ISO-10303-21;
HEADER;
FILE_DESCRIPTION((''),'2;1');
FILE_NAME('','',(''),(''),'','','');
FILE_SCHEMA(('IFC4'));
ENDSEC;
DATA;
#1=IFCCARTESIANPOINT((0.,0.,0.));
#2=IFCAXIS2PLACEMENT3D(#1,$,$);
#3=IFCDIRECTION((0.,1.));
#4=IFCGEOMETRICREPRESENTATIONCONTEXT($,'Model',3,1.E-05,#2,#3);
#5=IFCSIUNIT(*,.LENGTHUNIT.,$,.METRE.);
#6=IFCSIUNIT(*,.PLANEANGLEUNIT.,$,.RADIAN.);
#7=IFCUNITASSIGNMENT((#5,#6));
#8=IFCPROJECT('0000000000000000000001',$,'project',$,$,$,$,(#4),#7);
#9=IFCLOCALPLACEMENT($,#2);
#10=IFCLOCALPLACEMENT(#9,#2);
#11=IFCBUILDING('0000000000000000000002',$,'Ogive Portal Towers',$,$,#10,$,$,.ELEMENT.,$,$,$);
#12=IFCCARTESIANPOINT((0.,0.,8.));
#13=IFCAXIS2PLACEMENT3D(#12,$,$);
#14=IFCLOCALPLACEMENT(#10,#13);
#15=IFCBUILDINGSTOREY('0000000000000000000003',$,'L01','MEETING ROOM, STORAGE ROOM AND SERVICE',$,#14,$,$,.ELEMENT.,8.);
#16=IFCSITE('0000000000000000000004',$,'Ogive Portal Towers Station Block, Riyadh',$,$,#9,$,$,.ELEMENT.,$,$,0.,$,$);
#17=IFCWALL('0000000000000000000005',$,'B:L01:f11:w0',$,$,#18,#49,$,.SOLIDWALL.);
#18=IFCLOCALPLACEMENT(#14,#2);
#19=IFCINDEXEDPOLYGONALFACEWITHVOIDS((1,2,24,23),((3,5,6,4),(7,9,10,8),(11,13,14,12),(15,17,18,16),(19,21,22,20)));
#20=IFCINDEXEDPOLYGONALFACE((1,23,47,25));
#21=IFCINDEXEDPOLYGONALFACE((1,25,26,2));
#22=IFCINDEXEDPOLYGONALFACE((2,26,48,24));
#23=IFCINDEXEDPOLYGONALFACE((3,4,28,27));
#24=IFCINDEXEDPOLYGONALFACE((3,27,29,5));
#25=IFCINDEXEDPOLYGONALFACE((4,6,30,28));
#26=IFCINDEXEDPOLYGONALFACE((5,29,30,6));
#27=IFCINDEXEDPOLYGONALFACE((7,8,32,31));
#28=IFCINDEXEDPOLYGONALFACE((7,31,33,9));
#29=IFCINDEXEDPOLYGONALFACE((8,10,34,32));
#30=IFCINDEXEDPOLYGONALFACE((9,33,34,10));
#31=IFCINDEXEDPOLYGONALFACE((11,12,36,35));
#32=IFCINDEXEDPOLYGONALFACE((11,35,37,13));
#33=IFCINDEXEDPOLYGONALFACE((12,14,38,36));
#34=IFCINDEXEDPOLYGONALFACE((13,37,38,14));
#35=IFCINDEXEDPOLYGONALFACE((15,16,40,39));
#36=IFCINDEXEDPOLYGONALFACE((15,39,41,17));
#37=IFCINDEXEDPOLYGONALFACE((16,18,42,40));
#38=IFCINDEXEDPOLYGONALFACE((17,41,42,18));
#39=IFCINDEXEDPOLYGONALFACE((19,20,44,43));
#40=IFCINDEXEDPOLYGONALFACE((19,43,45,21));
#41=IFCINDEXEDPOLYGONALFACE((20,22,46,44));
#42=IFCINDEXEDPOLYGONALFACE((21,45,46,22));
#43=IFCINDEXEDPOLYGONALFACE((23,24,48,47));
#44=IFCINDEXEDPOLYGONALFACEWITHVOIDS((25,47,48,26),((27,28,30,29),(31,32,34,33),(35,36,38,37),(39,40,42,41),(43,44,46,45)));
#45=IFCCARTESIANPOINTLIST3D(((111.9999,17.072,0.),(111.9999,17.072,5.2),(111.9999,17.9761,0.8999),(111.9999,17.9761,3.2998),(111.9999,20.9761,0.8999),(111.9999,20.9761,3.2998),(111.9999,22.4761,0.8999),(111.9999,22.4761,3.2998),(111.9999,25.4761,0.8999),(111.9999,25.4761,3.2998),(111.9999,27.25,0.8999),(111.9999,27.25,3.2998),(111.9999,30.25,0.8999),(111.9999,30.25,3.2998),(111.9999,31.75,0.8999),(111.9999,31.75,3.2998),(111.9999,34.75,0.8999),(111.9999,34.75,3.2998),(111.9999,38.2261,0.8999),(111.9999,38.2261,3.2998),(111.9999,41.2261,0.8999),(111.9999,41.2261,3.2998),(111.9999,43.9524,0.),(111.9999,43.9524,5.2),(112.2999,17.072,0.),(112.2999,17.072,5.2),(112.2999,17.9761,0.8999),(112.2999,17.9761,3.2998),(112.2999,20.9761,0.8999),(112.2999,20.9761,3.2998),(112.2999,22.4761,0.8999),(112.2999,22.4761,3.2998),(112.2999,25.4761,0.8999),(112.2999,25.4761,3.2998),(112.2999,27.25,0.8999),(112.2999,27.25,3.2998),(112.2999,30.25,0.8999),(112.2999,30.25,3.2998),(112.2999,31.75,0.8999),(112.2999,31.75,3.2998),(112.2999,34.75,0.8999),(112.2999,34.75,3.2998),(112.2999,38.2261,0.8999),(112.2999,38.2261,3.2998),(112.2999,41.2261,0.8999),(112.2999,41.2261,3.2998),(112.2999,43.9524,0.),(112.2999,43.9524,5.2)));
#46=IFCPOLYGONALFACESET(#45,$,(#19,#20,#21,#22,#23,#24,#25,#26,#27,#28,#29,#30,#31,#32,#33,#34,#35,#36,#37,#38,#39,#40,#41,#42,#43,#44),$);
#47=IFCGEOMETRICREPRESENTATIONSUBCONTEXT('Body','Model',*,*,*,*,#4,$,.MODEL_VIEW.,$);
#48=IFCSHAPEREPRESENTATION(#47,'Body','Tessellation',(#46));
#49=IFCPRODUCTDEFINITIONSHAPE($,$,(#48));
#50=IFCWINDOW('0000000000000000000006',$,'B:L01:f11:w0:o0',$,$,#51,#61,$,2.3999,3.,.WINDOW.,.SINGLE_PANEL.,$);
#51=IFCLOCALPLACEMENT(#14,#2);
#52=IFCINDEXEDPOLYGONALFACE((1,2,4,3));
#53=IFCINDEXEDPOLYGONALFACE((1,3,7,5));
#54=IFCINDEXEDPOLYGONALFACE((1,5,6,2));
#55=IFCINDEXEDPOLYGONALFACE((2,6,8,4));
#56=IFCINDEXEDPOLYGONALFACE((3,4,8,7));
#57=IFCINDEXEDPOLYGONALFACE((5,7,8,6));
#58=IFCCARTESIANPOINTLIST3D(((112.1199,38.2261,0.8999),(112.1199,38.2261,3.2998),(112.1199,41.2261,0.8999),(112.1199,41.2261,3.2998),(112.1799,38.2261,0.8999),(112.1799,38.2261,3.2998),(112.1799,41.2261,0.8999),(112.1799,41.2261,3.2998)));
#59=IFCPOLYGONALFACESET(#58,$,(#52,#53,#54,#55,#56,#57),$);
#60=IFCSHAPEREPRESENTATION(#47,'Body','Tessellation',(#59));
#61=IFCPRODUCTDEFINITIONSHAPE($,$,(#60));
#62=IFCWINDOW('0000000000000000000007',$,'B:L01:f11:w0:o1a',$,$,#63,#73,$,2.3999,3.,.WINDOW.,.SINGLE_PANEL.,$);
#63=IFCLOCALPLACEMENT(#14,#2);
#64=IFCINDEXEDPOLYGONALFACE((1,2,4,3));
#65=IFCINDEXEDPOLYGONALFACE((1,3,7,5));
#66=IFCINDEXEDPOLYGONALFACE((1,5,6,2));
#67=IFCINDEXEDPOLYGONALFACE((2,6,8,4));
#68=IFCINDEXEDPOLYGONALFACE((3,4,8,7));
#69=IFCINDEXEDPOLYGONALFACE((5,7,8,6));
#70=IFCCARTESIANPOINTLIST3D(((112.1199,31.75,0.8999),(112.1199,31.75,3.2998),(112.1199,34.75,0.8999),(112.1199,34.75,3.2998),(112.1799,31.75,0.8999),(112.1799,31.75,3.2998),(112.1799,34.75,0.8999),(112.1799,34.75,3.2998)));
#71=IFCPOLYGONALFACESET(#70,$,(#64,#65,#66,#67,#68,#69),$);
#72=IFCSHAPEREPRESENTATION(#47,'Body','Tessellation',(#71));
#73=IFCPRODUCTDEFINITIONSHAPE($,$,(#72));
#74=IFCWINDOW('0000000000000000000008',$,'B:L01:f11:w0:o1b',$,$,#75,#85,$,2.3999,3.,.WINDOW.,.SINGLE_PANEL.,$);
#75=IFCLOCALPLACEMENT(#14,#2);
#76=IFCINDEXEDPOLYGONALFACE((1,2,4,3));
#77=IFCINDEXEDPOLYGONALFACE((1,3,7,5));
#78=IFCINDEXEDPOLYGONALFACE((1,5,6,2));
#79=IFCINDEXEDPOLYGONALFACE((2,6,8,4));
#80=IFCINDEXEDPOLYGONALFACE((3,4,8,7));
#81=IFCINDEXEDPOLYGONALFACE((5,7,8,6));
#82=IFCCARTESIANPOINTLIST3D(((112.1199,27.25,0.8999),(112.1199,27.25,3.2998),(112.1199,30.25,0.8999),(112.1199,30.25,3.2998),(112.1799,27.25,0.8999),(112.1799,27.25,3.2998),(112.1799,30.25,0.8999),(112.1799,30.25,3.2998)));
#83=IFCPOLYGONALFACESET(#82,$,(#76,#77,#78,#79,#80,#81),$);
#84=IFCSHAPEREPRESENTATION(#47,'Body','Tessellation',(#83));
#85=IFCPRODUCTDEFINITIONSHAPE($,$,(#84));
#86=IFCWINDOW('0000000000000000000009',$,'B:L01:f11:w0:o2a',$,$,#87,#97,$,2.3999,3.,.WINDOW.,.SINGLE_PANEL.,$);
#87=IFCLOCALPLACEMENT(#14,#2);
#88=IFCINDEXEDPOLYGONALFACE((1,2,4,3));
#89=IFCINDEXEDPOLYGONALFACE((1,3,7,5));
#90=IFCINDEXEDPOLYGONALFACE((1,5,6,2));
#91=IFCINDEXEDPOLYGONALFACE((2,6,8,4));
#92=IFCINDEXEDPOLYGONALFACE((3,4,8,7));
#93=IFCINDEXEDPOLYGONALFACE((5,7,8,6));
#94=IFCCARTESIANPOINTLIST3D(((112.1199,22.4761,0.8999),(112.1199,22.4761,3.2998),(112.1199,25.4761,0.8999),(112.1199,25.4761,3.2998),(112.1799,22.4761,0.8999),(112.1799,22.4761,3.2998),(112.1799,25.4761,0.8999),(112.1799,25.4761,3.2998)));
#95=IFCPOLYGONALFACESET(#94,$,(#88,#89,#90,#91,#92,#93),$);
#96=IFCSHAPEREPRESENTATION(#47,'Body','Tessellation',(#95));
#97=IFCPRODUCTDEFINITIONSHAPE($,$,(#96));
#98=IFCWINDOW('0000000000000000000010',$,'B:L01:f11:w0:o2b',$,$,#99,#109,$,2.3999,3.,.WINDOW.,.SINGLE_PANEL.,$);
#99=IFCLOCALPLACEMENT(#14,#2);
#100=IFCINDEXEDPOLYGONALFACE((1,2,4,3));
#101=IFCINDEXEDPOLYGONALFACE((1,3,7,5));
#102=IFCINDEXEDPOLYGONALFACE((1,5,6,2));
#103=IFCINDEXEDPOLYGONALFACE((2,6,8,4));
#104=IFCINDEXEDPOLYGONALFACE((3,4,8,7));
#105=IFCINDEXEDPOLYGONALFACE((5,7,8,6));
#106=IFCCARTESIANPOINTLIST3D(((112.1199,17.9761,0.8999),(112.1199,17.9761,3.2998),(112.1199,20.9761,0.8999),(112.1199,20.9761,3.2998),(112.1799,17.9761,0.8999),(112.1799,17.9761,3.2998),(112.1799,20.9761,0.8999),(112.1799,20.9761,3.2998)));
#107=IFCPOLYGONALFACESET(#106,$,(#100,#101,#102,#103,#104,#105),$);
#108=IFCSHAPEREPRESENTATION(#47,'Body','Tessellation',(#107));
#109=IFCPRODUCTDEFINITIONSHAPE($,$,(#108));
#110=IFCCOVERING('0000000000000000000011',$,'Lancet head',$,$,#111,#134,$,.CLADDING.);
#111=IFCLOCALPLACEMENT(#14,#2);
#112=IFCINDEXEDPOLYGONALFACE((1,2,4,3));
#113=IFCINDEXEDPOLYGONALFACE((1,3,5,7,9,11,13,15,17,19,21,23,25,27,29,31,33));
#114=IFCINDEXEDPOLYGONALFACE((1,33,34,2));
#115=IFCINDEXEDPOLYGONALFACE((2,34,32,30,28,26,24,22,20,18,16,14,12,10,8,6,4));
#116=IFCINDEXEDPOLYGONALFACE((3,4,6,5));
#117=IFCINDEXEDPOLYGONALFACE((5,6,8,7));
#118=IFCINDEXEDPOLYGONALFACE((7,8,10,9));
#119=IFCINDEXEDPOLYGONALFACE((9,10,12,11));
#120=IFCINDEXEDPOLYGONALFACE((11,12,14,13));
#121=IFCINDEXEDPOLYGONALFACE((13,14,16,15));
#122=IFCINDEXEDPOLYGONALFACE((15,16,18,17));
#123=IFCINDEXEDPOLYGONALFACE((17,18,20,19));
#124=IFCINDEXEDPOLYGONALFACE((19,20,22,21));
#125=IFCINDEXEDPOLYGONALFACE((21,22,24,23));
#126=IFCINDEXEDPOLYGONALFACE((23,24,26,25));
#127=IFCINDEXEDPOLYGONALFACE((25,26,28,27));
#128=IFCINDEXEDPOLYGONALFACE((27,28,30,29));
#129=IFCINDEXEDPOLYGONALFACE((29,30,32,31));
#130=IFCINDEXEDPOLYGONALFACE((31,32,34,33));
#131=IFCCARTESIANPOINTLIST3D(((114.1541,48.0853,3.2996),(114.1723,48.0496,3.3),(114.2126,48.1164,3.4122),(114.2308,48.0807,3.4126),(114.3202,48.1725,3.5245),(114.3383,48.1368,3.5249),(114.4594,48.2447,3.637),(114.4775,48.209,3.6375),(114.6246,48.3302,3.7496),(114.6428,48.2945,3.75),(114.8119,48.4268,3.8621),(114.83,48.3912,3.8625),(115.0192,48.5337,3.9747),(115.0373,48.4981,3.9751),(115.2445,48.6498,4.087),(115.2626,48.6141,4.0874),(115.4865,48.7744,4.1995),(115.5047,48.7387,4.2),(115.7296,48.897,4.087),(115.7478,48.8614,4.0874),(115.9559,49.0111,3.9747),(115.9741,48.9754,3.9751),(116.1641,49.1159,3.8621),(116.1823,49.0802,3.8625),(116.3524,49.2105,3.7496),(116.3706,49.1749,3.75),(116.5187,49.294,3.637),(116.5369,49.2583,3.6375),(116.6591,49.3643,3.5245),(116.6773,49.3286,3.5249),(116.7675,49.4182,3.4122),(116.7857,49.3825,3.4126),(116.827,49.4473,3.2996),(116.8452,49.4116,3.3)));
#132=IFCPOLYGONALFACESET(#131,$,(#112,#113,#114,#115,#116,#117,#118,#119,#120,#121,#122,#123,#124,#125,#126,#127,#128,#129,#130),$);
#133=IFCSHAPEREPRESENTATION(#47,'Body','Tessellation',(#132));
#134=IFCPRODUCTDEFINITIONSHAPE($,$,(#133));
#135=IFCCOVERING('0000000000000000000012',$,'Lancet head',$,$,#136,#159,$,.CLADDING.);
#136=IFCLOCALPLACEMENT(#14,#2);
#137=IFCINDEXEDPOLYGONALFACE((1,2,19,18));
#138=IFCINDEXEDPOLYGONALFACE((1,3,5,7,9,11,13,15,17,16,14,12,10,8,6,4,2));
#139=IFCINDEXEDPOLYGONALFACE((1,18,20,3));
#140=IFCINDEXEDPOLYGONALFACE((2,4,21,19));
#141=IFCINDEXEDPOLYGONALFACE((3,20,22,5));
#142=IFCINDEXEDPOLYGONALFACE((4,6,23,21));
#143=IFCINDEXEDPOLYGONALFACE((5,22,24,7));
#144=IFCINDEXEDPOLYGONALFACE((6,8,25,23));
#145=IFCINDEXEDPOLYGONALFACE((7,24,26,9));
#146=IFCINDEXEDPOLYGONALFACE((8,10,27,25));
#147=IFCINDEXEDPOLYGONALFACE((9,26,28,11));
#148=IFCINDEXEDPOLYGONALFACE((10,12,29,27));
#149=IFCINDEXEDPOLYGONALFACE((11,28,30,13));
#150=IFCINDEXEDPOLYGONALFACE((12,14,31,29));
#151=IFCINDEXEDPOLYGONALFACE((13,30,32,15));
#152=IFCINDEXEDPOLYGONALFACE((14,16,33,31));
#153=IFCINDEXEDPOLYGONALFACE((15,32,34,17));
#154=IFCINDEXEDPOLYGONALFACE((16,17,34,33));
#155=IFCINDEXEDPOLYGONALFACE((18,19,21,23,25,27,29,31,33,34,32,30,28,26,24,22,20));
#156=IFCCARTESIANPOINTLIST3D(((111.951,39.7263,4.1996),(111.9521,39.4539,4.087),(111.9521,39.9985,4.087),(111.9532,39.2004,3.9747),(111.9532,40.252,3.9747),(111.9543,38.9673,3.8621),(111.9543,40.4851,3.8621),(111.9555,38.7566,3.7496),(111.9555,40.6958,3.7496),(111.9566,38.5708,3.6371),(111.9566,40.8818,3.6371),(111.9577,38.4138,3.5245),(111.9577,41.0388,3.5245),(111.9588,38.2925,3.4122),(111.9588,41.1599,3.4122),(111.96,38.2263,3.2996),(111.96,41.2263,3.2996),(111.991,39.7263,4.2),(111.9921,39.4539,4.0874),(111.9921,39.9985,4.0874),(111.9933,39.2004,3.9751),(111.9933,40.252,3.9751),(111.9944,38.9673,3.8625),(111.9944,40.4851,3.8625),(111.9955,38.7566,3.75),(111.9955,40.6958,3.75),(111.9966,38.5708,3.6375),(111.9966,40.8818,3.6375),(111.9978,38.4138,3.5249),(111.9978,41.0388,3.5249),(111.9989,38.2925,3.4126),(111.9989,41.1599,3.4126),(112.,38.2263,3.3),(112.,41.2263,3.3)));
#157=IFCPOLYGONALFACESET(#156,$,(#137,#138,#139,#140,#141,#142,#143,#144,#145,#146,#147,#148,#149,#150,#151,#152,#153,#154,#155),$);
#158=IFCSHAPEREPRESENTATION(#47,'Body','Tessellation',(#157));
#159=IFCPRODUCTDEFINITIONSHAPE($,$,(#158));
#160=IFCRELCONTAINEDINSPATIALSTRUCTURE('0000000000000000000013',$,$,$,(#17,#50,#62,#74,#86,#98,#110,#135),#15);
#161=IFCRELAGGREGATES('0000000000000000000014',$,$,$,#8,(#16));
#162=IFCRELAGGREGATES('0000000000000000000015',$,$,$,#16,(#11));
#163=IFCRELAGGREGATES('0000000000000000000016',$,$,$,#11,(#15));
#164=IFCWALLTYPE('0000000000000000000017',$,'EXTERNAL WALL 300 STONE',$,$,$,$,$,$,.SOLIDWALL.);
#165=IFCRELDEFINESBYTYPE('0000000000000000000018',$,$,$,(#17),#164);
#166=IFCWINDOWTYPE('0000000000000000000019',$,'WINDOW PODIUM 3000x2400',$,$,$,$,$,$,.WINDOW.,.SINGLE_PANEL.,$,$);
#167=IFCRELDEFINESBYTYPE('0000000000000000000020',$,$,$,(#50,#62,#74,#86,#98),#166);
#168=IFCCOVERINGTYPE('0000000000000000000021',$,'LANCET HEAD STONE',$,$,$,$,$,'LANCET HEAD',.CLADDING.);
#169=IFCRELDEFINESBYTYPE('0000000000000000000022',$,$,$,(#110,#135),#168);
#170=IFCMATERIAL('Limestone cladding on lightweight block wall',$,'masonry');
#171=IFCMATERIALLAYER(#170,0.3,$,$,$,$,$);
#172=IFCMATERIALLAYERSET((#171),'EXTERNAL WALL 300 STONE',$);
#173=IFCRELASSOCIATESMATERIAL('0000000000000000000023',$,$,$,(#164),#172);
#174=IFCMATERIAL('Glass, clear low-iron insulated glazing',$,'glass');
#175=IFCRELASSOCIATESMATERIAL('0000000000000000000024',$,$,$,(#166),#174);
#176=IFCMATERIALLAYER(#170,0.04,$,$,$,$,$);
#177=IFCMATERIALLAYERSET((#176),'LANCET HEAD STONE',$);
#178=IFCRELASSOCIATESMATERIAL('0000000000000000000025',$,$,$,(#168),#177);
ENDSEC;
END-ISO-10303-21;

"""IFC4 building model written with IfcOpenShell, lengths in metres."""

from ifc_helpers import new_model, si_unit, direction, frame, frame_2d, origin, place, context, subcontext, project, spatial, polyline, rectangle, outline, extrude, material, layer, layer_set, type_object, element, fill, save


model = new_model("IFC4")

# Units and contexts
model_context = context("Model", 3, precision=1e-05, world=origin(), true_north=direction((0.0, 1.0)))
body_context = subcontext(model_context, "Body", "Model", "MODEL_VIEW")
ifc_project = project(units=[si_unit("LENGTHUNIT", "METRE"), si_unit("PLANEANGLEUNIT", "RADIAN")], contexts=[model_context])

# Site, building, storey
site_placement = place(None, origin())
site = spatial("IfcSite", under=ifc_project, at=site_placement, Name="Ogive Portal Towers Station Block, Riyadh", CompositionType="ELEMENT", RefElevation=0.0)
building_placement = place(site_placement, origin())
building = spatial("IfcBuilding", under=site, at=building_placement, Name="Ogive Portal Towers", CompositionType="ELEMENT")
storey_placement = place(building_placement, frame((0.0, 0.0, 8.0)))
storey = spatial("IfcBuildingStorey", under=building, at=storey_placement, Name="L01", Description="MEETING ROOM, STORAGE ROOM AND SERVICE", CompositionType="ELEMENT", Elevation=8.0)

# Shared definitions
ifc_material_1 = material(Name="Limestone cladding on lightweight block wall", Category="masonry")
ifc_layer_1 = layer(ifc_material_1, 0.3)
ifc_layer_set_1 = layer_set([ifc_layer_1], Name="EXTERNAL WALL 300 STONE")
wall_type = type_object("IfcWallType", Name="EXTERNAL WALL 300 STONE", PredefinedType="SOLIDWALL", material=ifc_layer_set_1)
ifc_material_2 = material(Name="Glass, clear low-iron insulated glazing", Category="glass")
window_type = type_object("IfcWindowType", Name="WINDOW PODIUM 3000x2400", PartitioningType="SINGLE_PANEL", PredefinedType="WINDOW", material=ifc_material_2)

# Wall, openings, windows
wall_1_placement = place(storey_placement, frame((112.1499, 43.9524, 0.0), z_axis=(0.0, 0.0, 1.0), x_axis=(0.0, -1.0, 0.0)))
wall_1 = element("IfcWall", 1, at=wall_1_placement, inside=storey, type_object=wall_type, Name="B:L01:f11:w0", PredefinedType="SOLIDWALL", context=body_context, shape_type="SweptSolid", body=[
    extrude(rectangle(XDim=26.8804, YDim=0.3, at=frame_2d((13.4402, 0.0))), origin(), (0.0, 0.0, 1.0), 5.2),
])
opening_1_placement = place(wall_1_placement, frame((2.7263, 0.0, 0.8999)))
opening_1 = element("IfcOpeningElement", 2, at=opening_1_placement, cuts=wall_1, PredefinedType="OPENING", context=body_context, shape_type="SweptSolid", body=[
    extrude(rectangle(XDim=3.0, YDim=2.3999, at=frame_2d((1.5, 1.2))), frame((0.0, 0.1602, 0.0), z_axis=(0.0, -1.0, 0.0), x_axis=(1.0, 0.0, 0.0)), (0.0, 0.0, 1.0), 0.3201),
])
opening_2_placement = place(wall_1_placement, frame((9.2024, 0.0, 0.8999)))
opening_2 = element("IfcOpeningElement", 3, at=opening_2_placement, cuts=wall_1, PredefinedType="OPENING", context=body_context, shape_type="SweptSolid", body=[
    extrude(rectangle(XDim=3.0, YDim=2.3999, at=frame_2d((1.5, 1.2))), frame((0.0, 0.1602, 0.0), z_axis=(0.0, -1.0, 0.0), x_axis=(1.0, 0.0, 0.0)), (0.0, 0.0, 1.0), 0.3201),
])
opening_3_placement = place(wall_1_placement, frame((13.7024, 0.0, 0.8999)))
opening_3 = element("IfcOpeningElement", 4, at=opening_3_placement, cuts=wall_1, PredefinedType="OPENING", context=body_context, shape_type="SweptSolid", body=[
    extrude(rectangle(XDim=3.0, YDim=2.3999, at=frame_2d((1.5, 1.2))), frame((0.0, 0.1602, 0.0), z_axis=(0.0, -1.0, 0.0), x_axis=(1.0, 0.0, 0.0)), (0.0, 0.0, 1.0), 0.3201),
])
opening_4_placement = place(wall_1_placement, frame((18.4763, 0.0, 0.8999)))
opening_4 = element("IfcOpeningElement", 5, at=opening_4_placement, cuts=wall_1, PredefinedType="OPENING", context=body_context, shape_type="SweptSolid", body=[
    extrude(rectangle(XDim=3.0, YDim=2.3999, at=frame_2d((1.5, 1.2))), frame((0.0, 0.1602, 0.0), z_axis=(0.0, -1.0, 0.0), x_axis=(1.0, 0.0, 0.0)), (0.0, 0.0, 1.0), 0.3201),
])
opening_5_placement = place(wall_1_placement, frame((22.9763, 0.0, 0.8999)))
opening_5 = element("IfcOpeningElement", 6, at=opening_5_placement, cuts=wall_1, PredefinedType="OPENING", context=body_context, shape_type="SweptSolid", body=[
    extrude(rectangle(XDim=3.0, YDim=2.3999, at=frame_2d((1.5, 1.2))), frame((0.0, 0.1602, 0.0), z_axis=(0.0, -1.0, 0.0), x_axis=(1.0, 0.0, 0.0)), (0.0, 0.0, 1.0), 0.3201),
])
window_1_placement = place(opening_1_placement, origin())
window_1 = element("IfcWindow", 7, at=window_1_placement, inside=storey, type_object=window_type, Name="B:L01:f11:w0:o0", OverallHeight=2.3999, OverallWidth=3.0, PartitioningType="SINGLE_PANEL", PredefinedType="WINDOW", context=body_context, shape_type="SweptSolid", body=[
    extrude(rectangle(XDim=3.0, YDim=2.3999, at=frame_2d((1.5, 1.2))), frame((0.0, 0.03, 0.0), z_axis=(0.0, -1.0, 0.0), x_axis=(1.0, 0.0, 0.0)), (0.0, 0.0, 1.0), 0.0601),
])
fill(opening_1, window_1)
window_2_placement = place(opening_2_placement, origin())
window_2 = element("IfcWindow", 8, at=window_2_placement, inside=storey, type_object=window_type, Name="B:L01:f11:w0:o1a", OverallHeight=2.3999, OverallWidth=3.0, PartitioningType="SINGLE_PANEL", PredefinedType="WINDOW", context=body_context, shape_type="SweptSolid", body=[
    extrude(rectangle(XDim=3.0, YDim=2.3999, at=frame_2d((1.5, 1.2))), frame((0.0, 0.03, 0.0), z_axis=(0.0, -1.0, 0.0), x_axis=(1.0, 0.0, 0.0)), (0.0, 0.0, 1.0), 0.0601),
])
fill(opening_2, window_2)
window_3_placement = place(opening_3_placement, origin())
window_3 = element("IfcWindow", 9, at=window_3_placement, inside=storey, type_object=window_type, Name="B:L01:f11:w0:o1b", OverallHeight=2.3999, OverallWidth=3.0, PartitioningType="SINGLE_PANEL", PredefinedType="WINDOW", context=body_context, shape_type="SweptSolid", body=[
    extrude(rectangle(XDim=3.0, YDim=2.3999, at=frame_2d((1.5, 1.2))), frame((0.0, 0.03, 0.0), z_axis=(0.0, -1.0, 0.0), x_axis=(1.0, 0.0, 0.0)), (0.0, 0.0, 1.0), 0.0601),
])
fill(opening_3, window_3)
window_4_placement = place(opening_4_placement, origin())
window_4 = element("IfcWindow", 10, at=window_4_placement, inside=storey, type_object=window_type, Name="B:L01:f11:w0:o2a", OverallHeight=2.3999, OverallWidth=3.0, PartitioningType="SINGLE_PANEL", PredefinedType="WINDOW", context=body_context, shape_type="SweptSolid", body=[
    extrude(rectangle(XDim=3.0, YDim=2.3999, at=frame_2d((1.5, 1.2))), frame((0.0, 0.03, 0.0), z_axis=(0.0, -1.0, 0.0), x_axis=(1.0, 0.0, 0.0)), (0.0, 0.0, 1.0), 0.0601),
])
fill(opening_4, window_4)
window_5_placement = place(opening_5_placement, origin())
window_5 = element("IfcWindow", 11, at=window_5_placement, inside=storey, type_object=window_type, Name="B:L01:f11:w0:o2b", OverallHeight=2.3999, OverallWidth=3.0, PartitioningType="SINGLE_PANEL", PredefinedType="WINDOW", context=body_context, shape_type="SweptSolid", body=[
    extrude(rectangle(XDim=3.0, YDim=2.3999, at=frame_2d((1.5, 1.2))), frame((0.0, 0.03, 0.0), z_axis=(0.0, -1.0, 0.0), x_axis=(1.0, 0.0, 0.0)), (0.0, 0.0, 1.0), 0.0601),
])
fill(opening_5, window_5)

# Coverings
ifc_layer_2 = layer(ifc_material_1, 0.04)
ifc_layer_set_2 = layer_set([ifc_layer_2], Name="LANCET HEAD STONE")
covering_type_1 = type_object("IfcCoveringType", Name="LANCET HEAD STONE", ElementType="LANCET HEAD", PredefinedType="CLADDING", material=ifc_layer_set_2)
covering_1_placement = place(storey_placement, frame((116.8452, 49.4116, 3.3), z_axis=(0.453987, -0.890951, 0.010108), x_axis=(-0.890997, -0.45401, 0.0)))
element("IfcCovering", 12, at=covering_1_placement, inside=storey, type_object=covering_type_1, Name="Lancet head", PredefinedType="CLADDING", context=body_context, shape_type="SweptSolid", body=[
    extrude(outline(polyline([(0.0, 0.0), (2.9999, 0.0), (2.9337, -0.1126), (2.8124, -0.2249), (2.6556, -0.3374), (2.4695, -0.45), (2.2588, -0.5625), (2.0256, -0.6751), (1.7721, -0.7874), (1.4999, -0.8999), (1.2276, -0.7874), (0.9742, -0.6751), (0.7411, -0.5625), (0.5304, -0.45), (0.3443, -0.3374), (0.1873, -0.2249), (0.0663, -0.1126), (0.0, 0.0)])), origin(), (0.0, 0.0, -1.0), 0.04),
])
covering_2_placement = place(storey_placement, frame((112.0, 41.2263, 3.3), z_axis=(0.99995, 0.0, 0.009994), x_axis=(0.0, -1.0, 0.0)))
element("IfcCovering", 13, at=covering_2_placement, inside=storey, type_object=covering_type_1, Name="Lancet head", PredefinedType="CLADDING", context=body_context, shape_type="SweptSolid", body=[
    extrude(outline(polyline([(0.0, 0.0), (3.0, 0.0), (2.9338, -0.1126), (2.8125, -0.2249), (2.6555, -0.3374), (2.4697, -0.45), (2.259, -0.5625), (2.0259, -0.6751), (1.7725, -0.7874), (1.5, -0.8999), (1.2278, -0.7874), (0.9744, -0.6751), (0.7412, -0.5625), (0.5305, -0.45), (0.3445, -0.3374), (0.1875, -0.2249), (0.0664, -0.1126), (0.0, 0.0)])), origin(), (0.0, 0.0, -1.0), 0.04),
])

save(model, "model.ifc")
